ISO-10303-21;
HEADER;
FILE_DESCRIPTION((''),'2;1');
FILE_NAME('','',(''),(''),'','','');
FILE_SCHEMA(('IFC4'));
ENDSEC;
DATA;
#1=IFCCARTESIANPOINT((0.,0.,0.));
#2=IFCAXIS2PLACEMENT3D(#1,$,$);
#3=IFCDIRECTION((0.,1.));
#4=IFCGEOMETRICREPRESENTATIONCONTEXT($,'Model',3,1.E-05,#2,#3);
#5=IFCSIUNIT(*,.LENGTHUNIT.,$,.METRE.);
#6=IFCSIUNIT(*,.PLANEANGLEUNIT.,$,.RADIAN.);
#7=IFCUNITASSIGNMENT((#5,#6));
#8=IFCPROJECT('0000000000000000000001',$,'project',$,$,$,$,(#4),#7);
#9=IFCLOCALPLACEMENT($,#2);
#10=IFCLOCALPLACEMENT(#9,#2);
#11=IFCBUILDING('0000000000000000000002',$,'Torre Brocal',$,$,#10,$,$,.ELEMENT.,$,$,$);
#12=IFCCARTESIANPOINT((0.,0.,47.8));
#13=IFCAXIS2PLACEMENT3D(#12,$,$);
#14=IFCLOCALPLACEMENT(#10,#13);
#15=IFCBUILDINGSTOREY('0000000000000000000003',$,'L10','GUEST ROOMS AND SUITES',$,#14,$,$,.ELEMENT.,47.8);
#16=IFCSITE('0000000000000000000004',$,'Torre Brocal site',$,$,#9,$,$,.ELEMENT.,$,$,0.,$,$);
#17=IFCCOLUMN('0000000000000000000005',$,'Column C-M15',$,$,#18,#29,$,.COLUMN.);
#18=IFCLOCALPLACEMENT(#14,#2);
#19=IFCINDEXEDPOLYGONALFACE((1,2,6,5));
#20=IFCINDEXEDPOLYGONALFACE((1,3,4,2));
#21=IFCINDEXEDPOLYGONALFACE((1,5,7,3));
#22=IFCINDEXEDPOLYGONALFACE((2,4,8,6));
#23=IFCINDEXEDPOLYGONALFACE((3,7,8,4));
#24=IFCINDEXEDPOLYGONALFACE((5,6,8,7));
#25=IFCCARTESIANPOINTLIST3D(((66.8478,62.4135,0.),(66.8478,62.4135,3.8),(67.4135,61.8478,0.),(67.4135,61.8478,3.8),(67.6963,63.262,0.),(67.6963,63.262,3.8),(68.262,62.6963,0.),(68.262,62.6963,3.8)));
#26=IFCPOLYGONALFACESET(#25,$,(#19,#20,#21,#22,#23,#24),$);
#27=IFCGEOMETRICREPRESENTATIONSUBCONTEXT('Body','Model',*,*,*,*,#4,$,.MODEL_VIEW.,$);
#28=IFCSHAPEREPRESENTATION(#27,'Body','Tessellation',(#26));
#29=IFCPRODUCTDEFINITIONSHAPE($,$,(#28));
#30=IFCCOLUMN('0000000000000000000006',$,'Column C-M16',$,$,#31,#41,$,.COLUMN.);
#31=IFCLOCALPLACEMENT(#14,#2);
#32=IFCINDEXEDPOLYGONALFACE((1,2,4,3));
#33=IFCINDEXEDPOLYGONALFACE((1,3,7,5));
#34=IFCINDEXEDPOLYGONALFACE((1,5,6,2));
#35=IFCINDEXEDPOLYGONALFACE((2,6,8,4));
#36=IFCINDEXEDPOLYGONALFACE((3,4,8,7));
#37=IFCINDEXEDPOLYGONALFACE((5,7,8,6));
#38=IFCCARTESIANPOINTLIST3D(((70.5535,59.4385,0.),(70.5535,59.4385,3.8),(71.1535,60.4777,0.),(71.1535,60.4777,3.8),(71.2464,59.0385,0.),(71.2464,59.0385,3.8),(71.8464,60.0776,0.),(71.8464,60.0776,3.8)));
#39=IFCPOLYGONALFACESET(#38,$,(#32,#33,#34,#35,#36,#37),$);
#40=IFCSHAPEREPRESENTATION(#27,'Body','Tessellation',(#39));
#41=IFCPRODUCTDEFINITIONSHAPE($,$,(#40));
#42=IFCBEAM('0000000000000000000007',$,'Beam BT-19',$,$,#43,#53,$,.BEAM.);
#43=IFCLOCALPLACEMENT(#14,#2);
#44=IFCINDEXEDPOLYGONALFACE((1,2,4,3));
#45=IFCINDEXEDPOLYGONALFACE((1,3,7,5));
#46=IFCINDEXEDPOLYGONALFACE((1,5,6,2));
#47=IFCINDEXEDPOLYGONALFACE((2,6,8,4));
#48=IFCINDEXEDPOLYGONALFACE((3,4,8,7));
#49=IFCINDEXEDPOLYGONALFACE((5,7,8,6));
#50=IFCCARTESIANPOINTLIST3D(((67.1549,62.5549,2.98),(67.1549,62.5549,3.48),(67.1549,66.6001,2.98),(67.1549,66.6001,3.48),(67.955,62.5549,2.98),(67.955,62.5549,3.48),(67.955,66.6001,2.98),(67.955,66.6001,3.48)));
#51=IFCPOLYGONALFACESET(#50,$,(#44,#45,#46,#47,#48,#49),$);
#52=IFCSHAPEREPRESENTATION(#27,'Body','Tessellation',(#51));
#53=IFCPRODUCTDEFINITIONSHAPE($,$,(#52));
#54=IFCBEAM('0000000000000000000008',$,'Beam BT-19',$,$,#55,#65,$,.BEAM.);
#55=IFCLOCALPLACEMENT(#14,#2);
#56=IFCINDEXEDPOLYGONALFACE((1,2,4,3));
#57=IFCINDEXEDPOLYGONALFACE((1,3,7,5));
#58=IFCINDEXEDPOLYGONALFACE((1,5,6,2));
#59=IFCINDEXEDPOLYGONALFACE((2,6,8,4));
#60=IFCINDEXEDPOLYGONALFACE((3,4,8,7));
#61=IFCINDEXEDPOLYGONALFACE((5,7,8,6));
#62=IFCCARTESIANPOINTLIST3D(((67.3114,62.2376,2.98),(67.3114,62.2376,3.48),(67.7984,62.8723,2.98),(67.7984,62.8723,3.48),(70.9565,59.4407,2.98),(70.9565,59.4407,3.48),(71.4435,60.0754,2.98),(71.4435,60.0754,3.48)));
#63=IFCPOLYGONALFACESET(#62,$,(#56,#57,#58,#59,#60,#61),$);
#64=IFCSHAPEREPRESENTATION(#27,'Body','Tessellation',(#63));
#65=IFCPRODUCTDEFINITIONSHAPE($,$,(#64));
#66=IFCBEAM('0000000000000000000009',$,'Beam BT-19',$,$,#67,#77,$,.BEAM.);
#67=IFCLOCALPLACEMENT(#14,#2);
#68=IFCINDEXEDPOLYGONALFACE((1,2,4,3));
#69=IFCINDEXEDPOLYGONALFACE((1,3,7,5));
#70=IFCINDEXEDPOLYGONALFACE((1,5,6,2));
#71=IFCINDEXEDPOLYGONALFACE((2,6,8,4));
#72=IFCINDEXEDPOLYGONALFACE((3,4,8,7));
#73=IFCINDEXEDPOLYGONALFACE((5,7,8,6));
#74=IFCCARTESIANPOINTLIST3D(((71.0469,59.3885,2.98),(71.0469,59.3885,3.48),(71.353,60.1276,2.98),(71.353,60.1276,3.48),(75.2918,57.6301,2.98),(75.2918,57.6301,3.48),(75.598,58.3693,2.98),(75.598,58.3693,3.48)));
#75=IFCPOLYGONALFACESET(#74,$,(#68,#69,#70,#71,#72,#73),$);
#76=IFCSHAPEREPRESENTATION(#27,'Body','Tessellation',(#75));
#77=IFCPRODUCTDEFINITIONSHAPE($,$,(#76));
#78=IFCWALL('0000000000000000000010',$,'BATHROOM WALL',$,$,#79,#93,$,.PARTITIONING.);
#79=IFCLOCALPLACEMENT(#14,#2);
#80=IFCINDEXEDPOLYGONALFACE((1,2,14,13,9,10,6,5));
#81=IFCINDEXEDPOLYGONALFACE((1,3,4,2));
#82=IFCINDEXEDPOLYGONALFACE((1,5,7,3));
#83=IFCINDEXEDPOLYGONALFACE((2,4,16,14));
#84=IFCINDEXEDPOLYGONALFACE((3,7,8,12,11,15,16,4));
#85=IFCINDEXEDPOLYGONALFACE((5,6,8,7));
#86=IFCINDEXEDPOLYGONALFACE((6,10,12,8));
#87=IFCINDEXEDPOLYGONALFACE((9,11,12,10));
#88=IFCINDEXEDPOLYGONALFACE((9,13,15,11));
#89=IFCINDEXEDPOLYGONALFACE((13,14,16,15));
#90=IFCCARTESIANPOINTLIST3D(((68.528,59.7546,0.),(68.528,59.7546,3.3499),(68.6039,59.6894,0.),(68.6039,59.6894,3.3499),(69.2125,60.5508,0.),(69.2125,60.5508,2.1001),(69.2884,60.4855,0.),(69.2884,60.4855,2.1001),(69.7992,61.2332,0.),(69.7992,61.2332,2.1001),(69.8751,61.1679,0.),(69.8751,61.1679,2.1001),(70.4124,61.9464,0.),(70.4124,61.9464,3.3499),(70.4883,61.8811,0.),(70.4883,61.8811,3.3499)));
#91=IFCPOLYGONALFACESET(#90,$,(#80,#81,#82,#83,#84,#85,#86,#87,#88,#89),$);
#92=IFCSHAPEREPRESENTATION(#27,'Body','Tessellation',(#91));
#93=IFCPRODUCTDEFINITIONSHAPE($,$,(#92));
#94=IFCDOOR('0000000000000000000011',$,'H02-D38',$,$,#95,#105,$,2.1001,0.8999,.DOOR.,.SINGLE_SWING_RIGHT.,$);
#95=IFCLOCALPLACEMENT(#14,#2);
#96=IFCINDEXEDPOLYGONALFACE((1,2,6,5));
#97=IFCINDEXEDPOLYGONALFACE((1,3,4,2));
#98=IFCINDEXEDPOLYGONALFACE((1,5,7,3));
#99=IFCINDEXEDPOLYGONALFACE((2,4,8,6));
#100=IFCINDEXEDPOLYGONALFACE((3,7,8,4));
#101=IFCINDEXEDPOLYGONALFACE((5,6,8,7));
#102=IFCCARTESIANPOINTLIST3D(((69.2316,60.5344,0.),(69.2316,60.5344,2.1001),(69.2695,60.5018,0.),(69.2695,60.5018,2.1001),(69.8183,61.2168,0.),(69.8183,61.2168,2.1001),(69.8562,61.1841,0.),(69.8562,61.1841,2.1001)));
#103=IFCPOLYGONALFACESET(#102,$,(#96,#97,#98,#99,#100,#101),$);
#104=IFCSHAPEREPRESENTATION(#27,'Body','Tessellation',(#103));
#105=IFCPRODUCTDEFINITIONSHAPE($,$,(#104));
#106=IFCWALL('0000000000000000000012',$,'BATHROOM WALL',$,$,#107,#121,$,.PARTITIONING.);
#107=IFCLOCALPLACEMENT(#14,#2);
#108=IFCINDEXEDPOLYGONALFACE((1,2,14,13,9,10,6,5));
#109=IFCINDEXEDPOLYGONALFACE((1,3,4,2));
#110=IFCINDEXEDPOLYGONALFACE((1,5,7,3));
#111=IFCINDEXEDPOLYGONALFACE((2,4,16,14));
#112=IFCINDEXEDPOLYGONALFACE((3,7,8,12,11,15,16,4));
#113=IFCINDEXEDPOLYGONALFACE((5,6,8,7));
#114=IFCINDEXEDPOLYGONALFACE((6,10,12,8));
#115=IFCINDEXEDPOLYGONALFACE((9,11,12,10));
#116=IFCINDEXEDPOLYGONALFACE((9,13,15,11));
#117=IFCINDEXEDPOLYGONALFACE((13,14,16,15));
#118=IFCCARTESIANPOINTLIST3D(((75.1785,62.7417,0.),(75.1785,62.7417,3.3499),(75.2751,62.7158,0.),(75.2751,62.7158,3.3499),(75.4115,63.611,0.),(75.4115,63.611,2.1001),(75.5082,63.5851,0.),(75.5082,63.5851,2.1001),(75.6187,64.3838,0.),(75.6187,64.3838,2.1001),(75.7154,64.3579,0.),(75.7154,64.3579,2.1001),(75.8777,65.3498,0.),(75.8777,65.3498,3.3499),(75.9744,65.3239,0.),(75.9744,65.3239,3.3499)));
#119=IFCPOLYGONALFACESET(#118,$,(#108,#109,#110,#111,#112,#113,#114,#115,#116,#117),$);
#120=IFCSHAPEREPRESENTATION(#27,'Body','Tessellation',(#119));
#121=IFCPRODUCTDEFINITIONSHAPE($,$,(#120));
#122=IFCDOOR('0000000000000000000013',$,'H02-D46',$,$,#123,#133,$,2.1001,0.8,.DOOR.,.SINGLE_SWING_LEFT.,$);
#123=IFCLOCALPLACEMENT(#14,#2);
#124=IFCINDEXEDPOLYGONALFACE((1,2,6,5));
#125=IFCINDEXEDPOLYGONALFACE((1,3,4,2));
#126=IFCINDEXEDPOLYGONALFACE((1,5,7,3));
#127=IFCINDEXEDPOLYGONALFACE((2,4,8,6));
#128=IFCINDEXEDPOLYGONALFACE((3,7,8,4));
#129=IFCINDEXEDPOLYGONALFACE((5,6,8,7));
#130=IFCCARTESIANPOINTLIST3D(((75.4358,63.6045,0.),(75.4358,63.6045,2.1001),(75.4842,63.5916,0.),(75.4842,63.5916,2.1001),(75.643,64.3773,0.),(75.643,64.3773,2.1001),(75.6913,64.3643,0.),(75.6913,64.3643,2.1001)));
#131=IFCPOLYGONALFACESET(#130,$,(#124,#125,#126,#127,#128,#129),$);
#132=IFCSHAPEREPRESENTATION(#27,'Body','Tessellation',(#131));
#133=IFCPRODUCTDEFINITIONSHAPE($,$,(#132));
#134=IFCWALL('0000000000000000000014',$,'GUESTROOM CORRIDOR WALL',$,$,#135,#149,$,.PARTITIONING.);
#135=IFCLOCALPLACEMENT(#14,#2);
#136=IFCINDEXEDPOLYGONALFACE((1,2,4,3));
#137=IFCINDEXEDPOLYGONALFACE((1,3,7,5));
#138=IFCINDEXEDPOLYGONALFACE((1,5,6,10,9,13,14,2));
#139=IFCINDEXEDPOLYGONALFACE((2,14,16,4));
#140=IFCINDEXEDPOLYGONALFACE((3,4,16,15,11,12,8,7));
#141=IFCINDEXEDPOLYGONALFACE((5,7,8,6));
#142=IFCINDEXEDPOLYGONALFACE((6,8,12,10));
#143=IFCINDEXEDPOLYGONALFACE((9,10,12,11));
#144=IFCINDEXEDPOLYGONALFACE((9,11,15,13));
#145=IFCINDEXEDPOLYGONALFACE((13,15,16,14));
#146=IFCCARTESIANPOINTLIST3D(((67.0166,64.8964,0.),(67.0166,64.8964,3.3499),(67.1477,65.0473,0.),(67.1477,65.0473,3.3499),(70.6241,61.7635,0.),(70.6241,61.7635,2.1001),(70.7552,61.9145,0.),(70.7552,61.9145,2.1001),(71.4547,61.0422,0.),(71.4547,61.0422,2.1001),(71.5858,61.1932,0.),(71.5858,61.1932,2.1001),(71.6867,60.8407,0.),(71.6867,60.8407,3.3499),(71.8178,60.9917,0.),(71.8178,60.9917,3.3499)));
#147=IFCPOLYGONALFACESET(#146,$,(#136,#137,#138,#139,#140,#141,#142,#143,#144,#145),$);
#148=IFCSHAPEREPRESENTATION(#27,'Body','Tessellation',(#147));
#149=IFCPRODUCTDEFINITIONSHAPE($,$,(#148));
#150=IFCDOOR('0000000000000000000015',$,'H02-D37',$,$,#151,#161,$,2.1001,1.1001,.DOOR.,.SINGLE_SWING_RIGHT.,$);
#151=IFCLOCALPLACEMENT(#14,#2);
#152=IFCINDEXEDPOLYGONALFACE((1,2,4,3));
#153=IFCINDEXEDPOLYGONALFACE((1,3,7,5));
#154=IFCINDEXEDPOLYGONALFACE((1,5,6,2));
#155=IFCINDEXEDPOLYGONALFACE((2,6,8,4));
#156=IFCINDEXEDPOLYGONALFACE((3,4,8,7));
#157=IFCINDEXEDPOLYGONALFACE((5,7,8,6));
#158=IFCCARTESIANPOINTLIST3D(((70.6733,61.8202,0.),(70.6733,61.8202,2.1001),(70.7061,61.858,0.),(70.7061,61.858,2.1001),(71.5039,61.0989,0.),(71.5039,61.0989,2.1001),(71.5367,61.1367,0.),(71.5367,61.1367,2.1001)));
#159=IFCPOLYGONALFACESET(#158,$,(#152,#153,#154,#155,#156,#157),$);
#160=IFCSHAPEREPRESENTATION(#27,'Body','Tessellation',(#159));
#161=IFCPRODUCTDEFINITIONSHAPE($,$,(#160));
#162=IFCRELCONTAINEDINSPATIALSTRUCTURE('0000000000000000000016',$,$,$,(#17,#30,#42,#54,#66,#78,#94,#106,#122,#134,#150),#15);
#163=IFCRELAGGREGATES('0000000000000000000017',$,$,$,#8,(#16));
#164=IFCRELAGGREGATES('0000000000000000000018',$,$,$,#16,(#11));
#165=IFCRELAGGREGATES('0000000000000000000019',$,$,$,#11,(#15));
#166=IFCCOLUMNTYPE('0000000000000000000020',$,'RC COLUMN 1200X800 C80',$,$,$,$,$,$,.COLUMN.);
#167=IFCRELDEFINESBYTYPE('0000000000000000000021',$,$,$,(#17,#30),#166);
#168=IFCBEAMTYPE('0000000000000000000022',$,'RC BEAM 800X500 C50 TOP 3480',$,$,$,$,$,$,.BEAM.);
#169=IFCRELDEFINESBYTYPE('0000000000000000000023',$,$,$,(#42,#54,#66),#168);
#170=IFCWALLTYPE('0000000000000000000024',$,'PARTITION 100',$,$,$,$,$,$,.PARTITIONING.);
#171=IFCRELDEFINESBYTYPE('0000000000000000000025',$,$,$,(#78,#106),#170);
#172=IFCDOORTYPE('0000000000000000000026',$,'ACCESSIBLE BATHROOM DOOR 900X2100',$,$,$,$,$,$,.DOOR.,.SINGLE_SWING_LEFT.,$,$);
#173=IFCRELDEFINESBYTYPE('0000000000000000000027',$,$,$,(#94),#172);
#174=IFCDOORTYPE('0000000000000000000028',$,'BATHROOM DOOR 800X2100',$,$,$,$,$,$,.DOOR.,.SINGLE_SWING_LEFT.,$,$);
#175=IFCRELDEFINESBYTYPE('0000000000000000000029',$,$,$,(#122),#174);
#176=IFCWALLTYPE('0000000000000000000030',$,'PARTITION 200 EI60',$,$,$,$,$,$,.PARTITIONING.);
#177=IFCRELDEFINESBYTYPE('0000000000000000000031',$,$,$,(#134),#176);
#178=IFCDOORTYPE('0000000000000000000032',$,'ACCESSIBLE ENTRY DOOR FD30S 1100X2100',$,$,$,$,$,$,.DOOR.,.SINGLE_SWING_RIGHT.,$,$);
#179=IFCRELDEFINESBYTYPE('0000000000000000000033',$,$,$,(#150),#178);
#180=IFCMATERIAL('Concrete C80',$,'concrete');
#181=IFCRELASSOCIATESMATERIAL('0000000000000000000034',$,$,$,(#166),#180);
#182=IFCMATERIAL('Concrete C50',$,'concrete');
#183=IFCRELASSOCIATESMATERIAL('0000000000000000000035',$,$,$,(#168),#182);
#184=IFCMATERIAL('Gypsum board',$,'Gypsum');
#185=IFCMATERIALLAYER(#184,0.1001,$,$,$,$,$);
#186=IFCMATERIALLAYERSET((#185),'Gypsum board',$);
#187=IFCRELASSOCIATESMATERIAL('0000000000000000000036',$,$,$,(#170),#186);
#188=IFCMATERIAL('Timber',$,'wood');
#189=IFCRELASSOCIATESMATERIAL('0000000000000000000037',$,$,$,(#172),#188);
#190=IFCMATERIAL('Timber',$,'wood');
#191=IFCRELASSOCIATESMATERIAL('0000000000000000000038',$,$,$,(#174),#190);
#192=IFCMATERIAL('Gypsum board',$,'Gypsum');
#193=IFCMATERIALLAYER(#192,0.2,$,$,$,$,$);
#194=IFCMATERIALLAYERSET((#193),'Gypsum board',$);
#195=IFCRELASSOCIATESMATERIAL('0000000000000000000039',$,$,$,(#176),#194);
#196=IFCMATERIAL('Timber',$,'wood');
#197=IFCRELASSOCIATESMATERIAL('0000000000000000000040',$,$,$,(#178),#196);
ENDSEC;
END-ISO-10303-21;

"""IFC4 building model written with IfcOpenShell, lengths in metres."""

from ifc_helpers import new_model, si_unit, direction, frame, frame_2d, origin, origin_2d, place, context, subcontext, project, spatial, rectangle, extrude, material, layer, layer_set, material_profile, profile_set, type_object, element, fill, save


model = new_model("IFC4")

# Units and contexts
model_context = context("Model", 3, precision=1e-05, world=origin(), true_north=direction((0.0, 1.0)))
body_context = subcontext(model_context, "Body", "Model", "MODEL_VIEW")
ifc_project = project(units=[si_unit("LENGTHUNIT", "METRE"), si_unit("PLANEANGLEUNIT", "RADIAN")], contexts=[model_context])

# Site, building, storey
site_placement = place(None, origin())
site = spatial("IfcSite", under=ifc_project, at=site_placement, Name="Torre Brocal site", CompositionType="ELEMENT", RefElevation=0.0)
building_placement = place(site_placement, origin())
building = spatial("IfcBuilding", under=site, at=building_placement, Name="Torre Brocal", CompositionType="ELEMENT")
storey_placement = place(building_placement, frame((0.0, 0.0, 47.8)))
storey = spatial("IfcBuildingStorey", under=building, at=storey_placement, Name="L10", Description="GUEST ROOMS AND SUITES", CompositionType="ELEMENT", Elevation=47.8)

# Columns
ifc_material_1 = material(Name="Concrete C80", Category="concrete")
ifc_material_profile_1 = material_profile(ifc_material_1, rectangle(XDim=1.2, YDim=0.8, at=origin_2d()), Name="RC 1200X800")
ifc_profile_set_1 = profile_set([ifc_material_profile_1], Name="Concrete C80")
column_type = type_object("IfcColumnType", Name="RC COLUMN 1200X800 C80", PredefinedType="COLUMN", material=ifc_profile_set_1)
for number, where, z_axis, x_axis, name in (
    (1, (67.5549, 62.5549, 0.0), (0.0, 0.0, 1.0), (-0.707107, -0.707107, 0.0), "Column C-M15"),
    (2, (71.2, 59.7581, 0.0), (0.0, 0.0, 1.0), (-0.5, -0.866025, 0.0), "Column C-M16"),
):
    element("IfcColumn", number, at=place(storey_placement, frame(where, z_axis=z_axis, x_axis=x_axis)), inside=storey, type_object=column_type, Name=name, PredefinedType="COLUMN", context=body_context, shape_type="SweptSolid", body=[
        extrude(rectangle(XDim=1.2, YDim=0.8, at=origin_2d()), origin(), (0.0, 0.0, 1.0), 3.8),
    ])

# Beams
ifc_material_2 = material(Name="Concrete C50", Category="concrete")
ifc_material_profile_2 = material_profile(ifc_material_2, rectangle(XDim=0.8, YDim=0.5, at=origin_2d()), Name="RC 800X500")
ifc_profile_set_2 = profile_set([ifc_material_profile_2], Name="Concrete C50")
beam_type = type_object("IfcBeamType", Name="RC BEAM 800X500 C50 TOP 3480", PredefinedType="BEAM", material=ifc_profile_set_2)
beam_1_placement = place(storey_placement, frame((67.5549, 62.5549, 3.23), z_axis=(0.0, 1.0, 0.0), x_axis=(-1.0, 0.0, 0.0)))
element("IfcBeam", 3, at=beam_1_placement, inside=storey, type_object=beam_type, Name="Beam BT-19", PredefinedType="BEAM", context=body_context, shape_type="SweptSolid", body=[
    extrude(rectangle(XDim=0.8, YDim=0.5, at=origin_2d()), origin(), (0.0, 0.0, 1.0), 4.0452),
])
beam_2_placement = place(storey_placement, frame((67.5549, 62.5549, 3.23), z_axis=(0.793358, -0.608755, 0.0), x_axis=(0.608755, 0.793358, 0.0)))
element("IfcBeam", 4, at=beam_2_placement, inside=storey, type_object=beam_type, Name="Beam BT-19", PredefinedType="BEAM", context=body_context, shape_type="SweptSolid", body=[
    extrude(rectangle(XDim=0.8, YDim=0.5, at=origin_2d()), origin(), (0.0, 0.0, 1.0), 4.5945),
])
beam_3_placement = place(storey_placement, frame((71.2, 59.7581, 3.23), z_axis=(0.923878, -0.382687, 0.0), x_axis=(0.382687, 0.923878, 0.0)))
element("IfcBeam", 5, at=beam_3_placement, inside=storey, type_object=beam_type, Name="Beam BT-19", PredefinedType="BEAM", context=body_context, shape_type="SweptSolid", body=[
    extrude(rectangle(XDim=0.8, YDim=0.5, at=origin_2d()), origin(), (0.0, 0.0, 1.0), 4.5947),
])

# Walls, openings, doors
ifc_material_3 = material(Name="Gypsum board", Category="Gypsum")
ifc_layer_1 = layer(ifc_material_3, 0.1001)
ifc_layer_set_1 = layer_set([ifc_layer_1], Name="Gypsum board")
wall_type_1 = type_object("IfcWallType", Name="PARTITION 100", PredefinedType="PARTITIONING", material=ifc_layer_set_1)
wall_1_placement = place(storey_placement, frame((68.5659, 59.7219, 0.0), z_axis=(0.0, 0.0, 1.0), x_axis=(0.651931, 0.758278, 0.0)))
wall_1 = element("IfcWall", 6, at=wall_1_placement, inside=storey, type_object=wall_type_1, Name="BATHROOM WALL", PredefinedType="PARTITIONING", context=body_context, shape_type="SweptSolid", body=[
    extrude(rectangle(XDim=2.8904, YDim=0.1001, at=frame_2d((1.4453, 0.0))), origin(), (0.0, 0.0, 1.0), 3.3499),
])
opening_1_placement = place(wall_1_placement, frame((1.05, 0.0, 0.0)))
opening_1 = element("IfcOpeningElement", 7, at=opening_1_placement, cuts=wall_1, PredefinedType="OPENING", context=body_context, shape_type="SweptSolid", body=[
    extrude(rectangle(XDim=0.8999, YDim=2.1001, at=frame_2d((0.45, 1.05))), frame((0.0, 0.0601, 0.0), z_axis=(0.0, -1.0, 0.0), x_axis=(1.0, 0.0, 0.0)), (0.0, 0.0, 1.0), 0.1201),
])
ifc_material_4 = material(Name="Timber", Category="wood")
door_type_1 = type_object("IfcDoorType", Name="ACCESSIBLE BATHROOM DOOR 900X2100", OperationType="SINGLE_SWING_LEFT", PredefinedType="DOOR", material=ifc_material_4)
door_1_placement = place(opening_1_placement, origin())
door_1 = element("IfcDoor", 8, at=door_1_placement, inside=storey, type_object=door_type_1, Name="H02-D38", OperationType="SINGLE_SWING_RIGHT", OverallHeight=2.1001, OverallWidth=0.8999, PredefinedType="DOOR", context=body_context, shape_type="SweptSolid", body=[
    extrude(rectangle(XDim=0.8999, YDim=2.1001, at=frame_2d((0.45, 1.05))), frame((0.0, 0.0249, 0.0), z_axis=(0.0, -1.0, 0.0), x_axis=(1.0, 0.0, 0.0)), (0.0, 0.0, 1.0), 0.05),
])
fill(opening_1, door_1)
wall_2_placement = place(storey_placement, frame((75.2268, 62.7288, 0.0), z_axis=(0.0, 0.0, 1.0), x_axis=(0.258945, 0.965892, 0.0)))
wall_2 = element("IfcWall", 9, at=wall_2_placement, inside=storey, type_object=wall_type_1, Name="BATHROOM WALL", PredefinedType="PARTITIONING", context=body_context, shape_type="SweptSolid", body=[
    extrude(rectangle(XDim=2.7002, YDim=0.1001, at=frame_2d((1.3501, 0.0))), origin(), (0.0, 0.0, 1.0), 3.3499),
])
opening_2_placement = place(wall_2_placement, frame((0.9001, 0.0, 0.0)))
opening_2 = element("IfcOpeningElement", 10, at=opening_2_placement, cuts=wall_2, PredefinedType="OPENING", context=body_context, shape_type="SweptSolid", body=[
    extrude(rectangle(XDim=0.8, YDim=2.1001, at=frame_2d((0.3999, 1.05))), frame((0.0, 0.0601, 0.0), z_axis=(0.0, -1.0, 0.0), x_axis=(1.0, 0.0, 0.0)), (0.0, 0.0, 1.0), 0.1201),
])
ifc_material_5 = material(Name="Timber", Category="wood")
door_type_2 = type_object("IfcDoorType", Name="BATHROOM DOOR 800X2100", OperationType="SINGLE_SWING_LEFT", PredefinedType="DOOR", material=ifc_material_5)
door_2_placement = place(opening_2_placement, origin())
door_2 = element("IfcDoor", 11, at=door_2_placement, inside=storey, type_object=door_type_2, Name="H02-D46", OperationType="SINGLE_SWING_LEFT", OverallHeight=2.1001, OverallWidth=0.8, PredefinedType="DOOR", context=body_context, shape_type="SweptSolid", body=[
    extrude(rectangle(XDim=0.8, YDim=2.1001, at=frame_2d((0.3999, 1.05))), frame((0.0, 0.0249, 0.0), z_axis=(0.0, -1.0, 0.0), x_axis=(1.0, 0.0, 0.0)), (0.0, 0.0, 1.0), 0.05),
])
fill(opening_2, door_2)
ifc_material_6 = material(Name="Gypsum board", Category="Gypsum")
ifc_layer_2 = layer(ifc_material_6, 0.2)
ifc_layer_set_2 = layer_set([ifc_layer_2], Name="Gypsum board")
wall_type_2 = type_object("IfcWallType", Name="PARTITION 200 EI60", PredefinedType="PARTITIONING", material=ifc_layer_set_2)
wall_3_placement = place(storey_placement, frame((67.082, 64.9719, 0.0), z_axis=(0.0, 0.0, 1.0), x_axis=(0.755034, -0.655686, 0.0)))
wall_3 = element("IfcWall", 12, at=wall_3_placement, inside=storey, type_object=wall_type_2, Name="GUESTROOM CORRIDOR WALL", PredefinedType="PARTITIONING", context=body_context, shape_type="SweptSolid", body=[
    extrude(rectangle(XDim=6.1853, YDim=0.2, at=frame_2d((3.0928, 0.0))), origin(), (0.0, 0.0, 1.0), 3.3499),
])
opening_3_placement = place(wall_3_placement, frame((4.7781, 0.0, 0.0)))
opening_3 = element("IfcOpeningElement", 13, at=opening_3_placement, cuts=wall_3, PredefinedType="OPENING", context=body_context, shape_type="SweptSolid", body=[
    extrude(rectangle(XDim=1.1001, YDim=2.1001, at=frame_2d((0.55, 1.05))), frame((0.0, 0.1099, 0.0), z_axis=(0.0, -1.0, 0.0), x_axis=(1.0, 0.0, 0.0)), (0.0, 0.0, 1.0), 0.22),
])
ifc_material_7 = material(Name="Timber", Category="wood")
door_type_3 = type_object("IfcDoorType", Name="ACCESSIBLE ENTRY DOOR FD30S 1100X2100", OperationType="SINGLE_SWING_RIGHT", PredefinedType="DOOR", material=ifc_material_7)
door_3_placement = place(opening_3_placement, frame((1.1001, 0.0, 0.0), z_axis=(0.0, 0.0, 1.0), x_axis=(-1.0, 0.0, 0.0)))
door_3 = element("IfcDoor", 14, at=door_3_placement, inside=storey, type_object=door_type_3, Name="H02-D37", OperationType="SINGLE_SWING_RIGHT", OverallHeight=2.1001, OverallWidth=1.1001, PredefinedType="DOOR", context=body_context, shape_type="SweptSolid", body=[
    extrude(rectangle(XDim=1.1001, YDim=2.1001, at=frame_2d((0.55, 1.05))), frame((0.0, 0.0249, 0.0), z_axis=(0.0, -1.0, 0.0), x_axis=(1.0, 0.0, 0.0)), (0.0, 0.0, 1.0), 0.05),
])
fill(opening_3, door_3)

save(model, "model.ifc")
